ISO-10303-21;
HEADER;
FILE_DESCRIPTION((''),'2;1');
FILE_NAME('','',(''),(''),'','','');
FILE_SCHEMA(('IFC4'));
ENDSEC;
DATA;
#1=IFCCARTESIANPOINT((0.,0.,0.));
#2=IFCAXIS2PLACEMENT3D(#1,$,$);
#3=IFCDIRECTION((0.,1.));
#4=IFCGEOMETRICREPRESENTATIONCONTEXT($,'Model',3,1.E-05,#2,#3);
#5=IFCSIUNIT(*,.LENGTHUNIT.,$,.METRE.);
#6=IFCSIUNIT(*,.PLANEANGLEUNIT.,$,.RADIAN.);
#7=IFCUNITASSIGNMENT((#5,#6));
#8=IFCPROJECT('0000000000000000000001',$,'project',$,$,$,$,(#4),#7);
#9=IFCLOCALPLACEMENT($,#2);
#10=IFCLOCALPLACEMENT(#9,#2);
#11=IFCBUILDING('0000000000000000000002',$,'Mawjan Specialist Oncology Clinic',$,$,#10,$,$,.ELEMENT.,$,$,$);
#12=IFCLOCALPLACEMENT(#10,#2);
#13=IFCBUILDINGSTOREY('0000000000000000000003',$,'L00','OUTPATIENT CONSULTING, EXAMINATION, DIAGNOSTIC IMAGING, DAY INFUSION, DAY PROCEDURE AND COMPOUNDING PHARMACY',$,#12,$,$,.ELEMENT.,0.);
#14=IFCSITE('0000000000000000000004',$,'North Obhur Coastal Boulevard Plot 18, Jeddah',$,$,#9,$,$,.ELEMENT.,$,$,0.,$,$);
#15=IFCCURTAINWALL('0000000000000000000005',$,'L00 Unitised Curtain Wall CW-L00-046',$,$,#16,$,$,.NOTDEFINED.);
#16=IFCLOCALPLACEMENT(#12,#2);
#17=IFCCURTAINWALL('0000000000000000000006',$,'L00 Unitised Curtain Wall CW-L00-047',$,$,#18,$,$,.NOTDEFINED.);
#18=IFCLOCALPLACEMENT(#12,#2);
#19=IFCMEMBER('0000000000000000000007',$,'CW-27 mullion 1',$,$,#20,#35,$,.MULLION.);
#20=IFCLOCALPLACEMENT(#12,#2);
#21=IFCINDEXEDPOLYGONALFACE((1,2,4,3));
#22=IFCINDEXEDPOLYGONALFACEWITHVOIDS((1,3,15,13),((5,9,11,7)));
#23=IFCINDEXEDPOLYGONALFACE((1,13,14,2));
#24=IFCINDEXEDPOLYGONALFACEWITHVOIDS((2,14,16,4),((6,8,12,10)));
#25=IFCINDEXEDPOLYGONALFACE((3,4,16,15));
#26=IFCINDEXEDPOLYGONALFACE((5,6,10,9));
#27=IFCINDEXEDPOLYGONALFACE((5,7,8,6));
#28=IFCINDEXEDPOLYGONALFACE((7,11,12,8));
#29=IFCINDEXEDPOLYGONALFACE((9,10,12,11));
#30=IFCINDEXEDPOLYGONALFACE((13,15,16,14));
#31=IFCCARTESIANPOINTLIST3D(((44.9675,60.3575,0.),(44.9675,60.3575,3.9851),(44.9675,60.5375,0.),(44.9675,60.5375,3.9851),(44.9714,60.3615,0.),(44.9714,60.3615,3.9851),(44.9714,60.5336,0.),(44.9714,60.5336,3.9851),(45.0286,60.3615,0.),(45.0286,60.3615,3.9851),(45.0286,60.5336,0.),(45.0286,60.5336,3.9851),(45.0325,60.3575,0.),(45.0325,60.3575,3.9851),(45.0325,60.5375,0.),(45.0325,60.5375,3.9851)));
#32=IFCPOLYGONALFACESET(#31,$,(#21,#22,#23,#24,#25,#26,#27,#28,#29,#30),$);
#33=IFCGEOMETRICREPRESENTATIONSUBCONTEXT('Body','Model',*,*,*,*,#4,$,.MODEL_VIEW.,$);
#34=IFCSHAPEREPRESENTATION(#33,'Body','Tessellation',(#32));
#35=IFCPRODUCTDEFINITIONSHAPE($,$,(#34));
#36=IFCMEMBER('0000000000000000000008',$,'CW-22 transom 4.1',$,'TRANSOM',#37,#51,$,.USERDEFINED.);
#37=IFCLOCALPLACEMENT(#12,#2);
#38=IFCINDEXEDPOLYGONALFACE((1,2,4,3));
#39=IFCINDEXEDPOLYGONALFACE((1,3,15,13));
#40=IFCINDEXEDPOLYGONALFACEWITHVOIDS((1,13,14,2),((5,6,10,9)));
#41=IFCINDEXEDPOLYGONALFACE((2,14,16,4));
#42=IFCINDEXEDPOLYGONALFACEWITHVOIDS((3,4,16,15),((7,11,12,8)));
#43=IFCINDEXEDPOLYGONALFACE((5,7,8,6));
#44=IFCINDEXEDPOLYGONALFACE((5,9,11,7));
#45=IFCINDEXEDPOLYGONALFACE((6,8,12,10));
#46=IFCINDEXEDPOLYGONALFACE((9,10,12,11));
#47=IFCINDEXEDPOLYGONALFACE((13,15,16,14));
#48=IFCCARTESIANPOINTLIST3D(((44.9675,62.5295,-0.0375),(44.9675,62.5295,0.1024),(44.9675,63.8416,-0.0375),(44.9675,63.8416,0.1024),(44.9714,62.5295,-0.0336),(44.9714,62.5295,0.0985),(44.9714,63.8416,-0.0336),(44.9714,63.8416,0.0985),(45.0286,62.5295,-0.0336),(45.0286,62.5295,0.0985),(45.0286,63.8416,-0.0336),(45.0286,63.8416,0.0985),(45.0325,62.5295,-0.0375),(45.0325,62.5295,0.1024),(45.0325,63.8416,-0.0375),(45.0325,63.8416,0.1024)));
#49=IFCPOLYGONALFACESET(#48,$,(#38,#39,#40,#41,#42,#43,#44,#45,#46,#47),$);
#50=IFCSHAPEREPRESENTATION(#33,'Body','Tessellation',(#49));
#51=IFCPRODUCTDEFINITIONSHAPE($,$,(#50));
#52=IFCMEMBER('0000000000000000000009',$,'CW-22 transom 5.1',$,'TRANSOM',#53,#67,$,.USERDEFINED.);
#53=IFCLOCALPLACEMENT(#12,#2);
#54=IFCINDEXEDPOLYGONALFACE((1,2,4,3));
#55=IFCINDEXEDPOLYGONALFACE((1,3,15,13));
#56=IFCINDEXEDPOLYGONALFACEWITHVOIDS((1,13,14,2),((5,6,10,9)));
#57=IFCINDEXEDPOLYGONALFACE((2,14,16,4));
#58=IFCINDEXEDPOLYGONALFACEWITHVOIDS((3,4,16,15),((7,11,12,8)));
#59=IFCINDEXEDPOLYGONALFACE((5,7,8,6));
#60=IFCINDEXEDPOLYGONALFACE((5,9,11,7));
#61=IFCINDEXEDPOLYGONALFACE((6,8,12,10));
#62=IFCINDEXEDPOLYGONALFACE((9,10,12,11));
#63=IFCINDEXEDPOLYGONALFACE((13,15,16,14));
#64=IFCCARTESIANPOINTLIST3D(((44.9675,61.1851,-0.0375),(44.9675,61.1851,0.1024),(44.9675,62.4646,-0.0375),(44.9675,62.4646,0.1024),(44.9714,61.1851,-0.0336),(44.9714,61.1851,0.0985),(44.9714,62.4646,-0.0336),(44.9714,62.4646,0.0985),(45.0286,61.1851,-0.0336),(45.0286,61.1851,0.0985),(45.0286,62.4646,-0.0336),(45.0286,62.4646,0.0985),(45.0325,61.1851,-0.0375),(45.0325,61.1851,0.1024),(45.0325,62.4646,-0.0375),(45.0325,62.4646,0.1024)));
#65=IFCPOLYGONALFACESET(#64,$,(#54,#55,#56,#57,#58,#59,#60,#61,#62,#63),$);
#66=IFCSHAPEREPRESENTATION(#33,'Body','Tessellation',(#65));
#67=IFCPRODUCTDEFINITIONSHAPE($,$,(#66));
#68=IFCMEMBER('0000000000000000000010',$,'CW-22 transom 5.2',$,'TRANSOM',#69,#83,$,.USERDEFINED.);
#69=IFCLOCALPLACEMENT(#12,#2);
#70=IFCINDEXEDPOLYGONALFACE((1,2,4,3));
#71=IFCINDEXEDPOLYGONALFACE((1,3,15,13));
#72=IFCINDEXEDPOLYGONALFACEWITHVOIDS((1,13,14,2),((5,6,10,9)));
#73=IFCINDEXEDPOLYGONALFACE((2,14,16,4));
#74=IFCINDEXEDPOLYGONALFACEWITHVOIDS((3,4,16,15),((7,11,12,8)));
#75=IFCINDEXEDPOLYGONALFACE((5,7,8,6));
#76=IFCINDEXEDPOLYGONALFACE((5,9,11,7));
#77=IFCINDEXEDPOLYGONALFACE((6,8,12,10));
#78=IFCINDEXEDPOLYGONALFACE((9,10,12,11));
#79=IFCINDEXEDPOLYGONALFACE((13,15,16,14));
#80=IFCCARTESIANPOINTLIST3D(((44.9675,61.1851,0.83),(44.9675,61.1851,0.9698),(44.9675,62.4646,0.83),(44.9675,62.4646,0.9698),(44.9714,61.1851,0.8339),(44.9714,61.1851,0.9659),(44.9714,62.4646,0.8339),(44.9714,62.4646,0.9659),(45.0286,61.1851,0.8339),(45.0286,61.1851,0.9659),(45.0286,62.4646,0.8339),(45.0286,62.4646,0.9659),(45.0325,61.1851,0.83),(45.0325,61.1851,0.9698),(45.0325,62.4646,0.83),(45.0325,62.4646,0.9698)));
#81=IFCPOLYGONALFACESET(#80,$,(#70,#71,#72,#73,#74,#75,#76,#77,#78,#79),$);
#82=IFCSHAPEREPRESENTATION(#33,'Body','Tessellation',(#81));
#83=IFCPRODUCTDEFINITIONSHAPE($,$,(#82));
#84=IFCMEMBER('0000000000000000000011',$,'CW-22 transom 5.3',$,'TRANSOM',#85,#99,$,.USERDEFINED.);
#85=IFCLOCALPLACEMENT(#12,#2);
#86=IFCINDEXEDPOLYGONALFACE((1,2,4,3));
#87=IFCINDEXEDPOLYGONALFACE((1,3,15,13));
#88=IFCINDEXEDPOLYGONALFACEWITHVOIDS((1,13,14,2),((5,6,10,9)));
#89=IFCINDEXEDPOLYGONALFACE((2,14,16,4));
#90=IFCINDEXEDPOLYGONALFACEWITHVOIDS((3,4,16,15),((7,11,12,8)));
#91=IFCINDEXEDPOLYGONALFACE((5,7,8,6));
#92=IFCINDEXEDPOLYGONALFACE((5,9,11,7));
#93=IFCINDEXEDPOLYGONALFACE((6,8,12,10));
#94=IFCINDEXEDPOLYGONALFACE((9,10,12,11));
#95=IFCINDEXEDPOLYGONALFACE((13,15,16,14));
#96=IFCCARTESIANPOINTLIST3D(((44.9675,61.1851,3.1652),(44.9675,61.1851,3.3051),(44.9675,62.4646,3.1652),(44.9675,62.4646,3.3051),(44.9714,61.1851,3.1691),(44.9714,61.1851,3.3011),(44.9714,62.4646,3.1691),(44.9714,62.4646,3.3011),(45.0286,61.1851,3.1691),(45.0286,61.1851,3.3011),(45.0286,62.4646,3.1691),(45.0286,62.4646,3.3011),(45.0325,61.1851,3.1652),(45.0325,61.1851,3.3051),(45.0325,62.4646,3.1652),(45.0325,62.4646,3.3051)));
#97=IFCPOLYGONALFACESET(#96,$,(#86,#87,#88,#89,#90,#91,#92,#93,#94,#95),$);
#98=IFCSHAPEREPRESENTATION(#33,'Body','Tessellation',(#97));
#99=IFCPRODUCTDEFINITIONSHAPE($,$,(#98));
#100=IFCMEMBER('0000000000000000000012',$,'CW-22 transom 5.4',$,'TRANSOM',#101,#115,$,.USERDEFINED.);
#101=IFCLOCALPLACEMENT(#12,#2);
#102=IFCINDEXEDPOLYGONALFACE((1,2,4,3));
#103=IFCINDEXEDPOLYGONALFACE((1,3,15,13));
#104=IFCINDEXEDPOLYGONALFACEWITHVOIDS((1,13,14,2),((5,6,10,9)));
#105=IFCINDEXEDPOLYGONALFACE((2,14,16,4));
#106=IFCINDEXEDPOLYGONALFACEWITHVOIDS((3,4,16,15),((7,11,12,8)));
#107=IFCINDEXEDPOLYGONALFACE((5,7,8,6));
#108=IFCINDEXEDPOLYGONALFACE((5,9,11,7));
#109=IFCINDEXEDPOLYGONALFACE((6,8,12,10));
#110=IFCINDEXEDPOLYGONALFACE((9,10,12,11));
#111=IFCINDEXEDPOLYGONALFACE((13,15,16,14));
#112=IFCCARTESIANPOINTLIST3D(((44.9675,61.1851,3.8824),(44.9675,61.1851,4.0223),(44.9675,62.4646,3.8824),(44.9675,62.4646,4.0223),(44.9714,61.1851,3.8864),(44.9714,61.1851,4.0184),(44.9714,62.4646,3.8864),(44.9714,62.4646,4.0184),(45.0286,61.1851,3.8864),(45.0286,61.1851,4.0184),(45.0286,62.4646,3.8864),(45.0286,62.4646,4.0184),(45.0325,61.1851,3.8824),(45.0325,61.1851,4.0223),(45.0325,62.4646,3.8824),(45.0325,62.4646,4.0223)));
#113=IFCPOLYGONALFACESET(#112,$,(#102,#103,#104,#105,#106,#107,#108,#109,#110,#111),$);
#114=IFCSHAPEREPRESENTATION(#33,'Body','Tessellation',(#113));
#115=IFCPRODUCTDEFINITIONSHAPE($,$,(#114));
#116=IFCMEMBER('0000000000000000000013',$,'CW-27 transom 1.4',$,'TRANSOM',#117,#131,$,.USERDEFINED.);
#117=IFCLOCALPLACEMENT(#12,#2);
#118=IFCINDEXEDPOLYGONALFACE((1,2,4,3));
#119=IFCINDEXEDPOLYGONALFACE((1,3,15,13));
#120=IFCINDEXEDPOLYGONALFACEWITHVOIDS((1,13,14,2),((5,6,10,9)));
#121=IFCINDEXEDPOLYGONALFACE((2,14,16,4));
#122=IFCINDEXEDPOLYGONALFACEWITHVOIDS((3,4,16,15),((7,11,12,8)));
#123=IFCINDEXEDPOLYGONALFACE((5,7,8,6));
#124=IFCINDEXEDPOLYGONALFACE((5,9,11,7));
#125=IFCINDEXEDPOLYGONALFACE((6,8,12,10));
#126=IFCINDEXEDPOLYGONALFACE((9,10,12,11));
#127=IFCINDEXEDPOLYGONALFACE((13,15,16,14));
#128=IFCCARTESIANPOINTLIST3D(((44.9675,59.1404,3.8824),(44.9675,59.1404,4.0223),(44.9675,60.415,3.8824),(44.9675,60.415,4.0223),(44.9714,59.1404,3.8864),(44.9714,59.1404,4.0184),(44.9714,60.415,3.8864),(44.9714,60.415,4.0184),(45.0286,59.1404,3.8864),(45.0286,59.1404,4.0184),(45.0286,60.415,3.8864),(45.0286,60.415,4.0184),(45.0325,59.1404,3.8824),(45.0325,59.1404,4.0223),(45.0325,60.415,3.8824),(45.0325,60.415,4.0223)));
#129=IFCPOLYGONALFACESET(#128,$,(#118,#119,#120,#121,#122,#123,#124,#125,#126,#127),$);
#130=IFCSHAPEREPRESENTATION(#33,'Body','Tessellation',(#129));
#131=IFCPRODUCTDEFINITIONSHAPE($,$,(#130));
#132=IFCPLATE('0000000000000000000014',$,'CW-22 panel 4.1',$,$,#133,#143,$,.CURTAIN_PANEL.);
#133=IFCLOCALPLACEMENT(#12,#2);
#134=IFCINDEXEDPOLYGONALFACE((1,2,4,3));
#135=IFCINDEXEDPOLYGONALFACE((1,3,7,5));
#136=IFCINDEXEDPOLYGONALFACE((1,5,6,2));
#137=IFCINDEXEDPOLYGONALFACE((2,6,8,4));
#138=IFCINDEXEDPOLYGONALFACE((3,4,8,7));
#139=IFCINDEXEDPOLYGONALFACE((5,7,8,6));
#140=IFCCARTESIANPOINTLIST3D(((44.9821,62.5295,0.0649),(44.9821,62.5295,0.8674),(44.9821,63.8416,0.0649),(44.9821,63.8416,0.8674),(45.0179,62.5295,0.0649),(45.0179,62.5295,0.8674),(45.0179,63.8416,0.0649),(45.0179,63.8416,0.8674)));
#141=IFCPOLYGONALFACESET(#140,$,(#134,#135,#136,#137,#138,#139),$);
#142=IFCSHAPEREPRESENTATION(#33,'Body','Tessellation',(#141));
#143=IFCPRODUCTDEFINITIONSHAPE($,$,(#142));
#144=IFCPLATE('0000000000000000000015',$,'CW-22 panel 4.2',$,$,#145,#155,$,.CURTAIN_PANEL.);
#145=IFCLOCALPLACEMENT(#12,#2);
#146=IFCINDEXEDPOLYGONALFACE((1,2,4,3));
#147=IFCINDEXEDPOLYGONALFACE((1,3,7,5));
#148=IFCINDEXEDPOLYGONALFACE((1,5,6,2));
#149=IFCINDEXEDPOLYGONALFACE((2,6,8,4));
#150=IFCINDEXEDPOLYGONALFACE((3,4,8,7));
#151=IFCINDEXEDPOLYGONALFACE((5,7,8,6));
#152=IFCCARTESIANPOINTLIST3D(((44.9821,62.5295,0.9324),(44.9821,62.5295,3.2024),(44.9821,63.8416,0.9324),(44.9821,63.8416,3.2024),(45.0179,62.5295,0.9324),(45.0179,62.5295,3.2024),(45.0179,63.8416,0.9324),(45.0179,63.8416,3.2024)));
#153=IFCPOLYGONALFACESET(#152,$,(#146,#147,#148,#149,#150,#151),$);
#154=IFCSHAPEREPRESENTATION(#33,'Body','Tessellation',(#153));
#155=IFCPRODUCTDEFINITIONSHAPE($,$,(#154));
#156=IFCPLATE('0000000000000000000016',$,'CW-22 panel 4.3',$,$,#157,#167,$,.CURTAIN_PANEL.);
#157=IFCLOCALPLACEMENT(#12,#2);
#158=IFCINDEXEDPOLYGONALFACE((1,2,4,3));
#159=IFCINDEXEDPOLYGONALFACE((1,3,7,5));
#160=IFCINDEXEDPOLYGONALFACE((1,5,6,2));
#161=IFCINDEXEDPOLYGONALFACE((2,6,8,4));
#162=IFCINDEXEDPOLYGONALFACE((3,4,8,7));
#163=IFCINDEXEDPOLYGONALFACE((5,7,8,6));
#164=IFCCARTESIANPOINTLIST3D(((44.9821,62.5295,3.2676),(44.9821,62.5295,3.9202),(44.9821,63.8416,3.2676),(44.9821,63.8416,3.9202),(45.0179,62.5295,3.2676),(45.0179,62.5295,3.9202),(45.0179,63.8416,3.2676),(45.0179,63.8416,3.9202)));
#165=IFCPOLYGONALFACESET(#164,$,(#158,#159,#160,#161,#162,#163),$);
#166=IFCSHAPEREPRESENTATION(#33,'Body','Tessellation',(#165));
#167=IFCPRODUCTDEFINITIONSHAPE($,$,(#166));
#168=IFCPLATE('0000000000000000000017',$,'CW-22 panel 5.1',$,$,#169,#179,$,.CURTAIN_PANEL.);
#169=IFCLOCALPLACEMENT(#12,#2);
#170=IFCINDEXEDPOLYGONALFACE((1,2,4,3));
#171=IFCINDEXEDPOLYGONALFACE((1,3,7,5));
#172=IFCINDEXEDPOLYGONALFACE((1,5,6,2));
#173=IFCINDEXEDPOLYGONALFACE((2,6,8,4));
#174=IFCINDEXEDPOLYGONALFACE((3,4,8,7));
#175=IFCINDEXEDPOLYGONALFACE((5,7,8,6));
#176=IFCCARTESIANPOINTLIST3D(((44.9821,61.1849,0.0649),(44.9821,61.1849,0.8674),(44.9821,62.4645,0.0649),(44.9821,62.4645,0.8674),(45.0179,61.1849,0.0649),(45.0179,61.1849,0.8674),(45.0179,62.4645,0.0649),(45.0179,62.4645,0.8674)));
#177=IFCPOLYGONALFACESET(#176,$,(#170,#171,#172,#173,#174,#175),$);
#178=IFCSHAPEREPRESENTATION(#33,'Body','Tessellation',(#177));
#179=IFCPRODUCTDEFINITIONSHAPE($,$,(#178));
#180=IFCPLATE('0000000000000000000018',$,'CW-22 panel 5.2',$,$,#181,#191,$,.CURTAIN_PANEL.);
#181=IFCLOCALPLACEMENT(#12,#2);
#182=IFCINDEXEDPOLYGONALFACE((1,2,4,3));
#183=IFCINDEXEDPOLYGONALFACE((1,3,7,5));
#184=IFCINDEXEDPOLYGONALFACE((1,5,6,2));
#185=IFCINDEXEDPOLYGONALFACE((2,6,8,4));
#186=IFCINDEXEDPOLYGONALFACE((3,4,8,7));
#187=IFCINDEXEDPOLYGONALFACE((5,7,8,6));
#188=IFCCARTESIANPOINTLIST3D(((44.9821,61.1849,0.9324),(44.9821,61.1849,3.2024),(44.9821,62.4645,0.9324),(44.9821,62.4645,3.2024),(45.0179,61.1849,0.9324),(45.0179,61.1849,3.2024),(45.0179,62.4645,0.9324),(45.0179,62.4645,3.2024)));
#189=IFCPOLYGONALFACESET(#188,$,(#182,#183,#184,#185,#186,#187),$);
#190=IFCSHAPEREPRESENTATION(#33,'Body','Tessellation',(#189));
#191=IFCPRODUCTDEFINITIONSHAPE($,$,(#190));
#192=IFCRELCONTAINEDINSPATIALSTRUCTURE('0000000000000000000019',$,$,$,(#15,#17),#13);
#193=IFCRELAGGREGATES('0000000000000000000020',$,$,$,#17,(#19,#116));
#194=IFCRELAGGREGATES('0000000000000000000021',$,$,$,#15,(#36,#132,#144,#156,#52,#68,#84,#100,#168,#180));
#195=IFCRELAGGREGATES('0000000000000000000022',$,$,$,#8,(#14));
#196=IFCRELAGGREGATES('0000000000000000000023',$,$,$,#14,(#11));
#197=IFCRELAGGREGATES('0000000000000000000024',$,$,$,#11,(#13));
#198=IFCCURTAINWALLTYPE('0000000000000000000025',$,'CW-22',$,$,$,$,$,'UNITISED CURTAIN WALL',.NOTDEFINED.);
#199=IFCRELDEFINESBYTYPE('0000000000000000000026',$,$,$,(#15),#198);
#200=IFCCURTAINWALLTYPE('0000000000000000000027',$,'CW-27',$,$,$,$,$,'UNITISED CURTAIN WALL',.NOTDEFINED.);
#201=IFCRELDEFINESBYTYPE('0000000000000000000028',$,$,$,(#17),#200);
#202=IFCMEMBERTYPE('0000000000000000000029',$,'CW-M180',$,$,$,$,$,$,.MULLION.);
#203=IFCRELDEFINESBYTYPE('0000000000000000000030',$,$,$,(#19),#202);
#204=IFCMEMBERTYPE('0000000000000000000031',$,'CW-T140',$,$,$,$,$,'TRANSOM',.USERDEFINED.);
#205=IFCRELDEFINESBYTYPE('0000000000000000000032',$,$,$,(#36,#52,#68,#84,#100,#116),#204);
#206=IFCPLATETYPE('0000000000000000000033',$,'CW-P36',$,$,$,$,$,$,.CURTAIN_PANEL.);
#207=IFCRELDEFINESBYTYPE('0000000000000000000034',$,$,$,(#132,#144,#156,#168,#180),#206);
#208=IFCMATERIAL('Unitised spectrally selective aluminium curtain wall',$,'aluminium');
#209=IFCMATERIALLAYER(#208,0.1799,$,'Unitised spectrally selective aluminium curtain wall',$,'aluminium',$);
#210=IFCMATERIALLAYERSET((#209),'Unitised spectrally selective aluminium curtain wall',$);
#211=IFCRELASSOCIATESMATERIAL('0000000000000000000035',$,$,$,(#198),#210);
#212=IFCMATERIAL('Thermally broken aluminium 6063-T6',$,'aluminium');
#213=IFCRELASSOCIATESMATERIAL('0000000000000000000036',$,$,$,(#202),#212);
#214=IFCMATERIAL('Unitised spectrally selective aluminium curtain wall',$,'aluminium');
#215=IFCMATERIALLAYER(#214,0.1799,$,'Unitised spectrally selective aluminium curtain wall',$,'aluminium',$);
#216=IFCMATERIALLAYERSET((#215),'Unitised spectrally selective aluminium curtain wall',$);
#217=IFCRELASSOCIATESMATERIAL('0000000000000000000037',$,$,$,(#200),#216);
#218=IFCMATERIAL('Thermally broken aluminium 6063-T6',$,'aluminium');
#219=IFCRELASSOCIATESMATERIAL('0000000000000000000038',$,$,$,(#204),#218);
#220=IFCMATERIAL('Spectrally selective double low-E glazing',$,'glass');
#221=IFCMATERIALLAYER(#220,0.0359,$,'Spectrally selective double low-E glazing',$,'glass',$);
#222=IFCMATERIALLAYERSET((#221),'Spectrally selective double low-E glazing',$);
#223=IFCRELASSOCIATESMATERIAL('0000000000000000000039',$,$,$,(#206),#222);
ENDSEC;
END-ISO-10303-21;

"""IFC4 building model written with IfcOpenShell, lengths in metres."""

from ifc_helpers import new_model, si_unit, direction, frame, origin, origin_2d, place, context, subcontext, project, spatial, rectangle, hollow_rectangle, extrude, material, layer, layer_set, material_profile, profile_set, type_object, element, aggregate, save


model = new_model("IFC4")

# Units and contexts
model_context = context("Model", 3, precision=1e-05, world=origin(), true_north=direction((0.0, 1.0)))
body_context = subcontext(model_context, "Body", "Model", "MODEL_VIEW")
ifc_project = project(units=[si_unit("LENGTHUNIT", "METRE"), si_unit("PLANEANGLEUNIT", "RADIAN")], contexts=[model_context])

# Site, building, storey
site_placement = place(None, origin())
site = spatial("IfcSite", under=ifc_project, at=site_placement, Name="North Obhur Coastal Boulevard Plot 18, Jeddah", CompositionType="ELEMENT", RefElevation=0.0)
building_placement = place(site_placement, origin())
building = spatial("IfcBuilding", under=site, at=building_placement, Name="Mawjan Specialist Oncology Clinic", CompositionType="ELEMENT")
storey_placement = place(building_placement, origin())
storey = spatial("IfcBuildingStorey", under=building, at=storey_placement, Name="L00", Description="OUTPATIENT CONSULTING, EXAMINATION, DIAGNOSTIC IMAGING, DAY INFUSION, DAY PROCEDURE AND COMPOUNDING PHARMACY", CompositionType="ELEMENT", Elevation=0.0)

# Curtain wall
ifc_material_1 = material(Name="Unitised spectrally selective aluminium curtain wall", Category="aluminium")
ifc_layer_1 = layer(ifc_material_1, 0.1799, Name="Unitised spectrally selective aluminium curtain wall", Category="aluminium")
ifc_layer_set_1 = layer_set([ifc_layer_1], Name="Unitised spectrally selective aluminium curtain wall")
curtain_wall_type_1 = type_object("IfcCurtainWallType", Name="CW-22", ElementType="UNITISED CURTAIN WALL", PredefinedType="NOTDEFINED", material=ifc_layer_set_1)
curtain_wall_1_placement = place(storey_placement, origin())
curtain_wall_1 = element("IfcCurtainWall", 1, at=curtain_wall_1_placement, inside=storey, type_object=curtain_wall_type_1, Name="L00 Unitised Curtain Wall CW-L00-046", PredefinedType="NOTDEFINED")
ifc_material_2 = material(Name="Thermally broken aluminium 6063-T6", Category="aluminium")
ifc_material_profile_1 = material_profile(ifc_material_2, hollow_rectangle(XDim=0.0649, YDim=0.1799, WallThickness=0.0039, at=origin_2d()), Name="ALU MULLION 180x65x4", Category="aluminium")
ifc_profile_set_1 = profile_set([ifc_material_profile_1], Name="Thermally broken aluminium 6063-T6")
member_type_1 = type_object("IfcMemberType", Name="CW-M180", PredefinedType="MULLION", material=ifc_profile_set_1)

# Curtain wall, member
ifc_material_3 = material(Name="Unitised spectrally selective aluminium curtain wall", Category="aluminium")
ifc_layer_2 = layer(ifc_material_3, 0.1799, Name="Unitised spectrally selective aluminium curtain wall", Category="aluminium")
ifc_layer_set_2 = layer_set([ifc_layer_2], Name="Unitised spectrally selective aluminium curtain wall")
curtain_wall_type_2 = type_object("IfcCurtainWallType", Name="CW-27", ElementType="UNITISED CURTAIN WALL", PredefinedType="NOTDEFINED", material=ifc_layer_set_2)
curtain_wall_2_placement = place(storey_placement, origin())
curtain_wall_2 = element("IfcCurtainWall", 2, at=curtain_wall_2_placement, inside=storey, type_object=curtain_wall_type_2, Name="L00 Unitised Curtain Wall CW-L00-047", PredefinedType="NOTDEFINED")
member_1_placement = place(storey_placement, frame((45.0, 60.4475, 0.0), z_axis=(0.0, 0.0, 1.0), x_axis=(1.0, 0.0, 0.0)))
member_1 = element("IfcMember", 3, at=member_1_placement, type_object=member_type_1, Name="CW-27 mullion 1", PredefinedType="MULLION", context=body_context, shape_type="SweptSolid", body=[
    extrude(hollow_rectangle(XDim=0.0649, YDim=0.1799, WallThickness=0.0039, at=origin_2d()), origin(), (0.0, 0.0, 1.0), 3.9851),
])

# Members
ifc_material_4 = material(Name="Thermally broken aluminium 6063-T6", Category="aluminium")
ifc_material_profile_2 = material_profile(ifc_material_4, hollow_rectangle(XDim=0.0649, YDim=0.1399, WallThickness=0.0039, at=origin_2d()), Name="ALU TRANSOM 140x65x4", Category="aluminium")
ifc_profile_set_2 = profile_set([ifc_material_profile_2], Name="Thermally broken aluminium 6063-T6")
member_type_2 = type_object("IfcMemberType", Name="CW-T140", ElementType="TRANSOM", PredefinedType="USERDEFINED", material=ifc_profile_set_2)
member_2_placement = place(storey_placement, frame((45.0, 63.8416, 0.0325), z_axis=(0.0, -1.0, 0.0), x_axis=(1.0, 0.0, 0.0)))
member_2 = element("IfcMember", 4, at=member_2_placement, type_object=member_type_2, Name="CW-22 transom 4.1", ObjectType="TRANSOM", PredefinedType="USERDEFINED", context=body_context, shape_type="SweptSolid", body=[
    extrude(hollow_rectangle(XDim=0.0649, YDim=0.1399, WallThickness=0.0039, at=origin_2d()), origin(), (0.0, 0.0, 1.0), 1.312),
])
member_3_placement = place(storey_placement, frame((45.0, 62.4646, 0.0325), z_axis=(0.0, -1.0, 0.0), x_axis=(1.0, 0.0, 0.0)))
member_3 = element("IfcMember", 5, at=member_3_placement, type_object=member_type_2, Name="CW-22 transom 5.1", ObjectType="TRANSOM", PredefinedType="USERDEFINED", context=body_context, shape_type="SweptSolid", body=[
    extrude(hollow_rectangle(XDim=0.0649, YDim=0.1399, WallThickness=0.0039, at=origin_2d()), origin(), (0.0, 0.0, 1.0), 1.2795),
])
member_4_placement = place(storey_placement, frame((45.0, 62.4646, 0.8999), z_axis=(0.0, -1.0, 0.0), x_axis=(1.0, 0.0, 0.0)))
member_4 = element("IfcMember", 6, at=member_4_placement, type_object=member_type_2, Name="CW-22 transom 5.2", ObjectType="TRANSOM", PredefinedType="USERDEFINED", context=body_context, shape_type="SweptSolid", body=[
    extrude(hollow_rectangle(XDim=0.0649, YDim=0.1399, WallThickness=0.0039, at=origin_2d()), origin(), (0.0, 0.0, 1.0), 1.2795),
])
member_5_placement = place(storey_placement, frame((45.0, 62.4646, 3.2351), z_axis=(0.0, -1.0, 0.0), x_axis=(1.0, 0.0, 0.0)))
member_5 = element("IfcMember", 7, at=member_5_placement, type_object=member_type_2, Name="CW-22 transom 5.3", ObjectType="TRANSOM", PredefinedType="USERDEFINED", context=body_context, shape_type="SweptSolid", body=[
    extrude(hollow_rectangle(XDim=0.0649, YDim=0.1399, WallThickness=0.0039, at=origin_2d()), origin(), (0.0, 0.0, 1.0), 1.2795),
])
member_6_placement = place(storey_placement, frame((45.0, 62.4646, 3.9524), z_axis=(0.0, -1.0, 0.0), x_axis=(1.0, 0.0, 0.0)))
member_6 = element("IfcMember", 8, at=member_6_placement, type_object=member_type_2, Name="CW-22 transom 5.4", ObjectType="TRANSOM", PredefinedType="USERDEFINED", context=body_context, shape_type="SweptSolid", body=[
    extrude(hollow_rectangle(XDim=0.0649, YDim=0.1399, WallThickness=0.0039, at=origin_2d()), origin(), (0.0, 0.0, 1.0), 1.2795),
])
member_7_placement = place(storey_placement, frame((45.0, 60.415, 3.9524), z_axis=(0.0, -1.0, 0.0), x_axis=(1.0, 0.0, 0.0)))
member_7 = element("IfcMember", 9, at=member_7_placement, type_object=member_type_2, Name="CW-27 transom 1.4", ObjectType="TRANSOM", PredefinedType="USERDEFINED", context=body_context, shape_type="SweptSolid", body=[
    extrude(hollow_rectangle(XDim=0.0649, YDim=0.1399, WallThickness=0.0039, at=origin_2d()), origin(), (0.0, 0.0, 1.0), 1.2747),
])
aggregate(curtain_wall_2, [member_1, member_7])

# Plates
ifc_material_5 = material(Name="Spectrally selective double low-E glazing", Category="glass")
ifc_layer_3 = layer(ifc_material_5, 0.0359, Name="Spectrally selective double low-E glazing", Category="glass")
ifc_layer_set_3 = layer_set([ifc_layer_3], Name="Spectrally selective double low-E glazing")
plate_type = type_object("IfcPlateType", Name="CW-P36", PredefinedType="CURTAIN_PANEL", material=ifc_layer_set_3)
plate_1_placement = place(storey_placement, frame((45.0, 63.1855, 0.0649), z_axis=(0.0, 0.0, 1.0), x_axis=(0.0, -1.0, 0.0)))
plate_1 = element("IfcPlate", 10, at=plate_1_placement, type_object=plate_type, Name="CW-22 panel 4.1", PredefinedType="CURTAIN_PANEL", context=body_context, shape_type="SweptSolid", body=[
    extrude(rectangle(XDim=1.312, YDim=0.0359, at=origin_2d()), origin(), (0.0, 0.0, 1.0), 0.8025),
])
plate_2_placement = place(storey_placement, frame((45.0, 63.1855, 0.9324), z_axis=(0.0, 0.0, 1.0), x_axis=(0.0, -1.0, 0.0)))
plate_2 = element("IfcPlate", 11, at=plate_2_placement, type_object=plate_type, Name="CW-22 panel 4.2", PredefinedType="CURTAIN_PANEL", context=body_context, shape_type="SweptSolid", body=[
    extrude(rectangle(XDim=1.312, YDim=0.0359, at=origin_2d()), origin(), (0.0, 0.0, 1.0), 2.27),
])
plate_3_placement = place(storey_placement, frame((45.0, 63.1855, 3.2676), z_axis=(0.0, 0.0, 1.0), x_axis=(0.0, -1.0, 0.0)))
plate_3 = element("IfcPlate", 12, at=plate_3_placement, type_object=plate_type, Name="CW-22 panel 4.3", PredefinedType="CURTAIN_PANEL", context=body_context, shape_type="SweptSolid", body=[
    extrude(rectangle(XDim=1.312, YDim=0.0359, at=origin_2d()), origin(), (0.0, 0.0, 1.0), 0.6526),
])
plate_4_placement = place(storey_placement, frame((45.0, 61.8247, 0.0649), z_axis=(0.0, 0.0, 1.0), x_axis=(0.0, -1.0, 0.0)))
plate_4 = element("IfcPlate", 13, at=plate_4_placement, type_object=plate_type, Name="CW-22 panel 5.1", PredefinedType="CURTAIN_PANEL", context=body_context, shape_type="SweptSolid", body=[
    extrude(rectangle(XDim=1.2795, YDim=0.0359, at=origin_2d()), origin(), (0.0, 0.0, 1.0), 0.8025),
])
plate_5_placement = place(storey_placement, frame((45.0, 61.8247, 0.9324), z_axis=(0.0, 0.0, 1.0), x_axis=(0.0, -1.0, 0.0)))
plate_5 = element("IfcPlate", 14, at=plate_5_placement, type_object=plate_type, Name="CW-22 panel 5.2", PredefinedType="CURTAIN_PANEL", context=body_context, shape_type="SweptSolid", body=[
    extrude(rectangle(XDim=1.2795, YDim=0.0359, at=origin_2d()), origin(), (0.0, 0.0, 1.0), 2.27),
])
aggregate(curtain_wall_1, [member_2, plate_1, plate_2, plate_3, member_3, member_4, member_5, member_6, plate_4, plate_5])

save(model, "model.ifc")
